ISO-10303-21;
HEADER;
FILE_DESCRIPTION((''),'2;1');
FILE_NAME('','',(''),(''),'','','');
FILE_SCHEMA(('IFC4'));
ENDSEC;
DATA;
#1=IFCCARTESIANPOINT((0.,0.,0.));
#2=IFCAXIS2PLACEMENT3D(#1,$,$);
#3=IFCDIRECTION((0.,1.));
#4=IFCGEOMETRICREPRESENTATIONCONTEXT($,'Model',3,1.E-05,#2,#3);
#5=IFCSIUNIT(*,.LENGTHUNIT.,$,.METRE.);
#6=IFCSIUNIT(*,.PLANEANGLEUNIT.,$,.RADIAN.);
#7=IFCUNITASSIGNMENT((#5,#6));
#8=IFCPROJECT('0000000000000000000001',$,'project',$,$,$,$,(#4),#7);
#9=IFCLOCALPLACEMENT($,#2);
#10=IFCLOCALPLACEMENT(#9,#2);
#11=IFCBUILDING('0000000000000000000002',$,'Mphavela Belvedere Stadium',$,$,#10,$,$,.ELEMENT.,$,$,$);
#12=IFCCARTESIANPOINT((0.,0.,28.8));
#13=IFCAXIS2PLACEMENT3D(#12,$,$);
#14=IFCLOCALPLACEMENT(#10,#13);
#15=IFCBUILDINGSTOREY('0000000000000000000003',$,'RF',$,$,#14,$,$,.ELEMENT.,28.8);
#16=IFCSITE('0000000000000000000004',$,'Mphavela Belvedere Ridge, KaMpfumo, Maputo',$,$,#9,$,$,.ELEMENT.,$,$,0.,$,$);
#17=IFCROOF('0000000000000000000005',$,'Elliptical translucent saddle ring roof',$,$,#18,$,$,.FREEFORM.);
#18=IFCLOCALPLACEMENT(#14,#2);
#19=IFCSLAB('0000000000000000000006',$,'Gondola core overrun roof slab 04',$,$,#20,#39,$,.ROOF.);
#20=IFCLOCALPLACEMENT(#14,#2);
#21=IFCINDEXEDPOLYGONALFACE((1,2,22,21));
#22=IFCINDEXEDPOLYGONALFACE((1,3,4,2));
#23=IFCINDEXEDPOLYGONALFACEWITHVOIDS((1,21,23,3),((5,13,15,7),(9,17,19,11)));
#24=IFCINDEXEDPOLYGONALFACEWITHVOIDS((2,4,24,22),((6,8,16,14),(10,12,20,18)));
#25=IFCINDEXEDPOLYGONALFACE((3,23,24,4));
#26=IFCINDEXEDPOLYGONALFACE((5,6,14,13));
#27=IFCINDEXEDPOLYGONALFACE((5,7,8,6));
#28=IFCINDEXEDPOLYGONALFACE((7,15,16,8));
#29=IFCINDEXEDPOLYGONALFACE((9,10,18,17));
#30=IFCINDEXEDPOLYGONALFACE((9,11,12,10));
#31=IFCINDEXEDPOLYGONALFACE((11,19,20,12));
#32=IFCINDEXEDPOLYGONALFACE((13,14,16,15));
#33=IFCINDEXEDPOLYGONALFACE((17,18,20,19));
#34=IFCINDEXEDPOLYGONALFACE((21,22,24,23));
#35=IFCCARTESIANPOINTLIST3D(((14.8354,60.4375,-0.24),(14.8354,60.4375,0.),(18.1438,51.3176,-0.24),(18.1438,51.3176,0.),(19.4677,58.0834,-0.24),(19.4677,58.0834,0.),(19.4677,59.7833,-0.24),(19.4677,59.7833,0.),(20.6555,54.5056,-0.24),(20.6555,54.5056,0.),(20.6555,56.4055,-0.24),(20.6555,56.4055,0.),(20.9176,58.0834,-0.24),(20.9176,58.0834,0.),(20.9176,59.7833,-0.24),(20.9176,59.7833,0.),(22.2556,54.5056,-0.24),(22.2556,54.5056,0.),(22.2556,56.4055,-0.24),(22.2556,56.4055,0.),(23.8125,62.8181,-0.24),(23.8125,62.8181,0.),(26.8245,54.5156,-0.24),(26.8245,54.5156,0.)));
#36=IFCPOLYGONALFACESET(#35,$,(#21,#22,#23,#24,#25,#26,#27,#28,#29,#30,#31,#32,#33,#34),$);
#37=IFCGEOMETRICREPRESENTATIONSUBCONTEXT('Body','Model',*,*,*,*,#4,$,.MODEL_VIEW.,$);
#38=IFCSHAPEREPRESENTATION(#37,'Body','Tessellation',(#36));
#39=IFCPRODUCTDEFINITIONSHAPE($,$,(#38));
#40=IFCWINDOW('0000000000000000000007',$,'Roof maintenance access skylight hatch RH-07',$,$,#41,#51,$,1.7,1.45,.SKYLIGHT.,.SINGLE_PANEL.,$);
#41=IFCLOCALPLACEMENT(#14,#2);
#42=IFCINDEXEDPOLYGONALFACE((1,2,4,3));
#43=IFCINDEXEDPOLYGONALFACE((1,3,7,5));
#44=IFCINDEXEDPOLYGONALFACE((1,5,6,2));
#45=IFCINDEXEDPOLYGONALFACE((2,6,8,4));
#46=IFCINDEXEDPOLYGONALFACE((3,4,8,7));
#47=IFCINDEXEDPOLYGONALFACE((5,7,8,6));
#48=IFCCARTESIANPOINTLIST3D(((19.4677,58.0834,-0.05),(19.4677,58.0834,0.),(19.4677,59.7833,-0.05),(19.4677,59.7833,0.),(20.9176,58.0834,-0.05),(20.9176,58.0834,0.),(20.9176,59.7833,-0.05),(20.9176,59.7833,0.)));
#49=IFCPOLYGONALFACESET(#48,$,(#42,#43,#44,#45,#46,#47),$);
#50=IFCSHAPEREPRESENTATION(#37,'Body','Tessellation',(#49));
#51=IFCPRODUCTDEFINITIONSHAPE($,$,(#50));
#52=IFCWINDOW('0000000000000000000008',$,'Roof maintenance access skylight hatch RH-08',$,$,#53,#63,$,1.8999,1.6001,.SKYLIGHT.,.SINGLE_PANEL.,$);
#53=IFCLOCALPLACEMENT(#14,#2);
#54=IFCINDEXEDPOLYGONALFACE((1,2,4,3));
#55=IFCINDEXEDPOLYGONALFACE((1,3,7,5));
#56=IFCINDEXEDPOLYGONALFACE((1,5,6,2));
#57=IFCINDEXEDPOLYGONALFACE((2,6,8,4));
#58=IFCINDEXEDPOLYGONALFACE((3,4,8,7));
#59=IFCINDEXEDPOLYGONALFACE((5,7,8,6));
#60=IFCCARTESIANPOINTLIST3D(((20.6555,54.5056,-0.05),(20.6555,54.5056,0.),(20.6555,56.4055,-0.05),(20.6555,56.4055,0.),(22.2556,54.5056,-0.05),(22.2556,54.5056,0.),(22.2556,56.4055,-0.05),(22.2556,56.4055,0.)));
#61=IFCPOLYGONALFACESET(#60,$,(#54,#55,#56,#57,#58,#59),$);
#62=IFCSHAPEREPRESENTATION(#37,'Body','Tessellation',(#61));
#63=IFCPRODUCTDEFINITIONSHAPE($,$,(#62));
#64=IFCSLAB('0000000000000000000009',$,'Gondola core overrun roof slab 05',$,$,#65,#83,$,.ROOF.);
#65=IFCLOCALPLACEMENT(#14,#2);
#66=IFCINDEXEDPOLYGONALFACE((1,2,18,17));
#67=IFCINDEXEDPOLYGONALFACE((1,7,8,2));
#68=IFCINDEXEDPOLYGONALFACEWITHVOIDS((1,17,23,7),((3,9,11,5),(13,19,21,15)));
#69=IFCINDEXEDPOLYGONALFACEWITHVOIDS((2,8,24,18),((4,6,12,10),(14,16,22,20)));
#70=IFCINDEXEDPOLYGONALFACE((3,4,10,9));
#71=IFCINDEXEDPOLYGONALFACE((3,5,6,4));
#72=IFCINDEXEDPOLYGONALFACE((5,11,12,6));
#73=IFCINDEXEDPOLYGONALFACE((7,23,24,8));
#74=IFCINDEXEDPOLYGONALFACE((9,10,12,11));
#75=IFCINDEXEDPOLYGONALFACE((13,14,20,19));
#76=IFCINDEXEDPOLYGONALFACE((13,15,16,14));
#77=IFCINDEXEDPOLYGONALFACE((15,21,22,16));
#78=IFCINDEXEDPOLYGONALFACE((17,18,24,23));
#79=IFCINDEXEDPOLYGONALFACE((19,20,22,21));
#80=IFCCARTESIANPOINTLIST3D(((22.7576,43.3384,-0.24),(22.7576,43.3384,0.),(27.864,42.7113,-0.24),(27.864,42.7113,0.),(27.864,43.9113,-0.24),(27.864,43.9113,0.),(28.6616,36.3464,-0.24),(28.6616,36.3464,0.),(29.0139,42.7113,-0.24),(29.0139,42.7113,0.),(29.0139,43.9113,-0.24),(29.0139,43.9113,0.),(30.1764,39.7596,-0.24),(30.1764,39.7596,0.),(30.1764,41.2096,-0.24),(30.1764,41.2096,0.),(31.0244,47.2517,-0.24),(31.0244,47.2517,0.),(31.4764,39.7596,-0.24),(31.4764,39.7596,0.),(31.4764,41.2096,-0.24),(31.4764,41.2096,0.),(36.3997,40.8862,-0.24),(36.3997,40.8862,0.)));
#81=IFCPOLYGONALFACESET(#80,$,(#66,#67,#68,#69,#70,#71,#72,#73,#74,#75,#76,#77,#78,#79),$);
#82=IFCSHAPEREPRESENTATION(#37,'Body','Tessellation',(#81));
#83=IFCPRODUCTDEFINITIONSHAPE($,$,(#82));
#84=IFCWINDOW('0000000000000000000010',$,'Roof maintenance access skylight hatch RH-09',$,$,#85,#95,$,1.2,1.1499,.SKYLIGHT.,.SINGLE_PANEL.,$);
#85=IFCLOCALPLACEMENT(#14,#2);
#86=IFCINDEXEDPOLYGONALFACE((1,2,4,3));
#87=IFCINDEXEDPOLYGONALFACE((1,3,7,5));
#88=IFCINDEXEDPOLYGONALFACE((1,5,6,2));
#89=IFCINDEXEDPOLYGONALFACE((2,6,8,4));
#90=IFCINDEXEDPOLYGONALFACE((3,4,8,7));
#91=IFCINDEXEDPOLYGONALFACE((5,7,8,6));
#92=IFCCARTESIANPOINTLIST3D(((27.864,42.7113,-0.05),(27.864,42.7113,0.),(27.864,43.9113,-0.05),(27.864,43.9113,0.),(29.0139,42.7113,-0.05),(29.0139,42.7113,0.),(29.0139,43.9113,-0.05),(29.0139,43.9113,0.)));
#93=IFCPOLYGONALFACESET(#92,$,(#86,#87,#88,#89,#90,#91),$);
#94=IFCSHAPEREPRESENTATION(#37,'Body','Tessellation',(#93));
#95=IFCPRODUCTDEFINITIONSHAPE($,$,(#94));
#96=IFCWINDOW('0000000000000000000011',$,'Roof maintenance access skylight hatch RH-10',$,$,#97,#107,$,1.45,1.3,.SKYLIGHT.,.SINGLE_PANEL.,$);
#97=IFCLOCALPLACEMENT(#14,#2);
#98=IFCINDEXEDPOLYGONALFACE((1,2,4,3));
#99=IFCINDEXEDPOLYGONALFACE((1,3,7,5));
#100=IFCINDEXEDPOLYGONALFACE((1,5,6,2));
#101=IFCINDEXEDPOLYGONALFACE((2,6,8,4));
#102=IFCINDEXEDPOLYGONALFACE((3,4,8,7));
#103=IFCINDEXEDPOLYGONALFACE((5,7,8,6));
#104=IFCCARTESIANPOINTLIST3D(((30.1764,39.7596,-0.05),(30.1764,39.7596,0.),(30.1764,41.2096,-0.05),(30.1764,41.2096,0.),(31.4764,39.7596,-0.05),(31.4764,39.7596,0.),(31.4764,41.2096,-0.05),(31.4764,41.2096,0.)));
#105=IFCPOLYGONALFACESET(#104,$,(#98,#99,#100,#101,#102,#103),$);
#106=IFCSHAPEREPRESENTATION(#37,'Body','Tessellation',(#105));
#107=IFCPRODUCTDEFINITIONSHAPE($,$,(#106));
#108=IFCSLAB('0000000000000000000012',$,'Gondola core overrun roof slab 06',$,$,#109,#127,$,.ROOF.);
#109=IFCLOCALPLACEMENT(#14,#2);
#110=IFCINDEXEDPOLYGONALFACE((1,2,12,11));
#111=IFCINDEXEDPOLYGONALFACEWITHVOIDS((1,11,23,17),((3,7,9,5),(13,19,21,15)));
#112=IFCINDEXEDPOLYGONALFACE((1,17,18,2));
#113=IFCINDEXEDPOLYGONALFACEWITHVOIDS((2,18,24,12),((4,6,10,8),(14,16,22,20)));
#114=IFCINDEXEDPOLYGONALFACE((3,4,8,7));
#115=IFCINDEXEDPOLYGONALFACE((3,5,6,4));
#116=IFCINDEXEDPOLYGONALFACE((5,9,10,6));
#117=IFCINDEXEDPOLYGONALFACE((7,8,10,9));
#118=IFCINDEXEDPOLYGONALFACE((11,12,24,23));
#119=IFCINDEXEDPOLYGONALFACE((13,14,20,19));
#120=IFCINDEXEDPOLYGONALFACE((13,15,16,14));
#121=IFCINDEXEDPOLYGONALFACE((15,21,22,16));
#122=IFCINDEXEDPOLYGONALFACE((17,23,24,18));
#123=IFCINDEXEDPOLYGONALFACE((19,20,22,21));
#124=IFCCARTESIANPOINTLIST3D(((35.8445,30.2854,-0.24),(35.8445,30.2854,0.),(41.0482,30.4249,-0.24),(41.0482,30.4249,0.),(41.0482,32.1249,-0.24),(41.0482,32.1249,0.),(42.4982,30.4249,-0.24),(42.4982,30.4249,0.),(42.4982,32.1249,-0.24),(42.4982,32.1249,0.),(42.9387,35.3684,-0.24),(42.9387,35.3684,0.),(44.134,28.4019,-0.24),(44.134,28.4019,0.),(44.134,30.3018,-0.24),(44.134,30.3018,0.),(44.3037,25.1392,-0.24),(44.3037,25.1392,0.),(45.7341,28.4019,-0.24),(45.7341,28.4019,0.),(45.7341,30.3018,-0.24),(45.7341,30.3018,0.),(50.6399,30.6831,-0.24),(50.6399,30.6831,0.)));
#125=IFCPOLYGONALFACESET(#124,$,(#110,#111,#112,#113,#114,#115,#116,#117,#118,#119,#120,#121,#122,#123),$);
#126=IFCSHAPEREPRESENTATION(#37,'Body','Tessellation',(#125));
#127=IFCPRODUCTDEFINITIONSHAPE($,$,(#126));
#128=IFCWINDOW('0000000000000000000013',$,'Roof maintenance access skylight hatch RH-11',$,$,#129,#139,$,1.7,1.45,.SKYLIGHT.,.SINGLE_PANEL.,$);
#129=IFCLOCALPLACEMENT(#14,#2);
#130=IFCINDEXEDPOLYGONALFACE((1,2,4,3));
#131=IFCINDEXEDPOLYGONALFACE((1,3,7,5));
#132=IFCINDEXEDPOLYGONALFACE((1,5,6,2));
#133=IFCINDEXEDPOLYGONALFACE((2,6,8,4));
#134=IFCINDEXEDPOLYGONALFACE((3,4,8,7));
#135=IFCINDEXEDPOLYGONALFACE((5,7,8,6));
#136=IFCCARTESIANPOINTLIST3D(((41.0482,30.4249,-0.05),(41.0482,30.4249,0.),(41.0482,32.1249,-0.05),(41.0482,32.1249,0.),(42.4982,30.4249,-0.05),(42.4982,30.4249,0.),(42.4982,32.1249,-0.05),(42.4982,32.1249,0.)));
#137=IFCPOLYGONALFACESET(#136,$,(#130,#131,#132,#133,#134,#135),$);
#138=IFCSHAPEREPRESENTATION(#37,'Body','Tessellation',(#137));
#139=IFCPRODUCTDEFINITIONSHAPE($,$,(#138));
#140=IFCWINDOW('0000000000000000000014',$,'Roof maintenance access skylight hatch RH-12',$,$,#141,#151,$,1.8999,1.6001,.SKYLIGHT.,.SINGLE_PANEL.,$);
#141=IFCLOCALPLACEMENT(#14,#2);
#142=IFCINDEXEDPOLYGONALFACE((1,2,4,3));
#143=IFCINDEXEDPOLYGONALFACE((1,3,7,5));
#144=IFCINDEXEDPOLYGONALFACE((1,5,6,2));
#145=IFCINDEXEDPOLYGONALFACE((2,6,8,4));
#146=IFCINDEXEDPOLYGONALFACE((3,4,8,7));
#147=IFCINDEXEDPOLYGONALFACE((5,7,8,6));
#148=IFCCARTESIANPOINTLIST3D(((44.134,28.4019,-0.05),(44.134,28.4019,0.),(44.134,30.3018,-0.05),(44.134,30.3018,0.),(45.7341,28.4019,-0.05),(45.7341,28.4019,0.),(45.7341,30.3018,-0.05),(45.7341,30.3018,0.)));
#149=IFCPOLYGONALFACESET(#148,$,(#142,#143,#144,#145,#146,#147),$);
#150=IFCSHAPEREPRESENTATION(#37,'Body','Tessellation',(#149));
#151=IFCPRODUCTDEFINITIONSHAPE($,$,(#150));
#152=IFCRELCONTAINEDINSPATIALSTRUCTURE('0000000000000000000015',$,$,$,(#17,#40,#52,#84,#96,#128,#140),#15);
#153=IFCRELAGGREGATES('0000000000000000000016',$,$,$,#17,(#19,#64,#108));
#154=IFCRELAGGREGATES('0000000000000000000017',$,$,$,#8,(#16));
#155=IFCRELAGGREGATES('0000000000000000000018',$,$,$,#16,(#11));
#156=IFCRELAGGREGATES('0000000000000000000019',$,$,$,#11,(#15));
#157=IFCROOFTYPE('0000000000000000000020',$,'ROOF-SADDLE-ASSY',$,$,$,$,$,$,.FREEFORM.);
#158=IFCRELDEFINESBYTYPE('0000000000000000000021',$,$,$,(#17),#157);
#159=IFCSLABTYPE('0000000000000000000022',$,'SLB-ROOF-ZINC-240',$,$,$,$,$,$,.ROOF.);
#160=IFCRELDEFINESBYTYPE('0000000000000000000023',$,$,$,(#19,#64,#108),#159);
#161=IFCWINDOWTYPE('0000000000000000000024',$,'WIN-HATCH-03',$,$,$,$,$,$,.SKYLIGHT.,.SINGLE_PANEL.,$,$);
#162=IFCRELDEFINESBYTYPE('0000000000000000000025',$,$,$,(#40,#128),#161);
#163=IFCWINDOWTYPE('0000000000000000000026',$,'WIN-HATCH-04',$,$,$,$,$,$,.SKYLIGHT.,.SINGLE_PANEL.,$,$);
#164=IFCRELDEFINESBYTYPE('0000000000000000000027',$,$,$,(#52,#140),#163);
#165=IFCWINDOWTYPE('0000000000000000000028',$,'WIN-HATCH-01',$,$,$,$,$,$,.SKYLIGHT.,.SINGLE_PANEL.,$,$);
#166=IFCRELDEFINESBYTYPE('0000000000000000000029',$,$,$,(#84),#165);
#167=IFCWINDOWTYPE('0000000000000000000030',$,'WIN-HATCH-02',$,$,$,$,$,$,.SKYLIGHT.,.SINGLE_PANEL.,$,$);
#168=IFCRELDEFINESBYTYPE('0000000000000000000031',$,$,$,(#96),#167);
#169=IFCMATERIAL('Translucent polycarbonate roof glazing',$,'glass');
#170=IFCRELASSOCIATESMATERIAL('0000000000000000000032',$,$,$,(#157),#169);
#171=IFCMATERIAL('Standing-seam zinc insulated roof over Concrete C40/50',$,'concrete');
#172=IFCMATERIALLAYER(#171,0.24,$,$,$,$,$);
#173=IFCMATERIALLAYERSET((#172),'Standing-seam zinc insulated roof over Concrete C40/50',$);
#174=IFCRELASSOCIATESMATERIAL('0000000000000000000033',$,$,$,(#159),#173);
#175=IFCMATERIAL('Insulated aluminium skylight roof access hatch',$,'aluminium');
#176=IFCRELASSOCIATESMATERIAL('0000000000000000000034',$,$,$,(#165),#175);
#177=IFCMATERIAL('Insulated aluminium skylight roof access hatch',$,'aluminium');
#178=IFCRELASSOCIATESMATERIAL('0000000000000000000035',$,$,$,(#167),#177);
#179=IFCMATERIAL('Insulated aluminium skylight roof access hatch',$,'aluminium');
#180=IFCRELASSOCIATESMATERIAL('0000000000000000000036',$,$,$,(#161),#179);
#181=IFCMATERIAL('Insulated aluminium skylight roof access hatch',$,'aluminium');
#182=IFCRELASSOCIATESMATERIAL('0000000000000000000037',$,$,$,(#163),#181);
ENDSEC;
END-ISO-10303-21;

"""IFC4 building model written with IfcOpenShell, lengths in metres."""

from ifc_helpers import new_model, si_unit, direction, frame, origin, origin_2d, place, context, subcontext, project, spatial, polyline, rectangle, outline, extrude, material, layer, layer_set, type_object, element, fill, aggregate, save


model = new_model("IFC4")

# Units and contexts
model_context = context("Model", 3, precision=1e-05, world=origin(), true_north=direction((0.0, 1.0)))
body_context = subcontext(model_context, "Body", "Model", "MODEL_VIEW")
ifc_project = project(units=[si_unit("LENGTHUNIT", "METRE"), si_unit("PLANEANGLEUNIT", "RADIAN")], contexts=[model_context])

# Site, building, storey
site_placement = place(None, origin())
site = spatial("IfcSite", under=ifc_project, at=site_placement, Name="Mphavela Belvedere Ridge, KaMpfumo, Maputo", CompositionType="ELEMENT", RefElevation=0.0)
building_placement = place(site_placement, origin())
building = spatial("IfcBuilding", under=site, at=building_placement, Name="Mphavela Belvedere Stadium", CompositionType="ELEMENT")
storey_placement = place(building_placement, frame((0.0, 0.0, 28.8)))
storey = spatial("IfcBuildingStorey", under=building, at=storey_placement, Name="RF", CompositionType="ELEMENT", Elevation=28.8)

# Roof, slabs, openings, windows
ifc_material_1 = material(Name="Translucent polycarbonate roof glazing", Category="glass")
roof_type = type_object("IfcRoofType", Name="ROOF-SADDLE-ASSY", PredefinedType="FREEFORM", material=ifc_material_1)
roof_placement = place(storey_placement, origin())
roof = element("IfcRoof", 1, at=roof_placement, inside=storey, type_object=roof_type, Name="Elliptical translucent saddle ring roof", PredefinedType="FREEFORM")
ifc_material_2 = material(Name="Standing-seam zinc insulated roof over Concrete C40/50", Category="concrete")
ifc_layer_1 = layer(ifc_material_2, 0.24)
ifc_layer_set_1 = layer_set([ifc_layer_1], Name="Standing-seam zinc insulated roof over Concrete C40/50")
slab_type = type_object("IfcSlabType", Name="SLB-ROOF-ZINC-240", PredefinedType="ROOF", material=ifc_layer_set_1)
ifc_material_3 = material(Name="Insulated aluminium skylight roof access hatch", Category="aluminium")
window_type_1 = type_object("IfcWindowType", Name="WIN-HATCH-01", PartitioningType="SINGLE_PANEL", PredefinedType="SKYLIGHT", material=ifc_material_3)
ifc_material_4 = material(Name="Insulated aluminium skylight roof access hatch", Category="aluminium")
window_type_2 = type_object("IfcWindowType", Name="WIN-HATCH-02", PartitioningType="SINGLE_PANEL", PredefinedType="SKYLIGHT", material=ifc_material_4)
ifc_material_5 = material(Name="Insulated aluminium skylight roof access hatch", Category="aluminium")
window_type_3 = type_object("IfcWindowType", Name="WIN-HATCH-03", PartitioningType="SINGLE_PANEL", PredefinedType="SKYLIGHT", material=ifc_material_5)
ifc_material_6 = material(Name="Insulated aluminium skylight roof access hatch", Category="aluminium")
window_type_4 = type_object("IfcWindowType", Name="WIN-HATCH-04", PartitioningType="SINGLE_PANEL", PredefinedType="SKYLIGHT", material=ifc_material_6)
slab_1_placement = place(storey_placement, frame((0.0, 0.0, -0.24)))
slab_1 = element("IfcSlab", 2, at=slab_1_placement, type_object=slab_type, Name="Gondola core overrun roof slab 04", PredefinedType="ROOF", context=body_context, shape_type="SweptSolid", body=[
    extrude(outline(polyline([(23.8125, 62.8181), (26.8245, 54.5156), (18.1438, 51.3176), (14.8354, 60.4375), (23.8125, 62.8181)])), origin(), (0.0, 0.0, 1.0), 0.24),
])
opening_1_placement = place(slab_1_placement, frame((20.1926, 58.9333, 0.0)))
opening_1 = element("IfcOpeningElement", 3, at=opening_1_placement, cuts=slab_1, PredefinedType="OPENING", context=body_context, shape_type="SweptSolid", body=[
    extrude(rectangle(XDim=1.45, YDim=1.7, at=origin_2d()), origin(), (0.0, 0.0, 1.0), 0.24),
])
opening_2_placement = place(slab_1_placement, frame((21.4556, 55.4556, 0.0)))
opening_2 = element("IfcOpeningElement", 4, at=opening_2_placement, cuts=slab_1, PredefinedType="OPENING", context=body_context, shape_type="SweptSolid", body=[
    extrude(rectangle(XDim=1.6001, YDim=1.8999, at=origin_2d()), origin(), (0.0, 0.0, 1.0), 0.24),
])
window_1_placement = place(opening_1_placement, frame((0.0, 0.0, 0.1899)))
window_1 = element("IfcWindow", 5, at=window_1_placement, inside=storey, type_object=window_type_3, Name="Roof maintenance access skylight hatch RH-07", OverallHeight=1.7, OverallWidth=1.45, PartitioningType="SINGLE_PANEL", PredefinedType="SKYLIGHT", context=body_context, shape_type="SweptSolid", body=[
    extrude(rectangle(XDim=1.45, YDim=1.7, at=origin_2d()), origin(), (0.0, 0.0, 1.0), 0.05),
])
fill(opening_1, window_1)
window_2_placement = place(opening_2_placement, frame((0.0, 0.0, 0.1899)))
window_2 = element("IfcWindow", 6, at=window_2_placement, inside=storey, type_object=window_type_4, Name="Roof maintenance access skylight hatch RH-08", OverallHeight=1.8999, OverallWidth=1.6001, PartitioningType="SINGLE_PANEL", PredefinedType="SKYLIGHT", context=body_context, shape_type="SweptSolid", body=[
    extrude(rectangle(XDim=1.6001, YDim=1.8999, at=origin_2d()), origin(), (0.0, 0.0, 1.0), 0.05),
])
fill(opening_2, window_2)
slab_2_placement = place(storey_placement, frame((0.0, 0.0, -0.24)))
slab_2 = element("IfcSlab", 7, at=slab_2_placement, type_object=slab_type, Name="Gondola core overrun roof slab 05", PredefinedType="ROOF", context=body_context, shape_type="SweptSolid", body=[
    extrude(outline(polyline([(31.0244, 47.2517), (36.3997, 40.8862), (28.6616, 36.3464), (22.7576, 43.3384), (31.0244, 47.2517)])), origin(), (0.0, 0.0, 1.0), 0.24),
])
opening_3_placement = place(slab_2_placement, frame((28.439, 43.3113, 0.0)))
opening_3 = element("IfcOpeningElement", 8, at=opening_3_placement, cuts=slab_2, PredefinedType="OPENING", context=body_context, shape_type="SweptSolid", body=[
    extrude(rectangle(XDim=1.1499, YDim=1.2, at=origin_2d()), origin(), (0.0, 0.0, 1.0), 0.24),
])
opening_4_placement = place(slab_2_placement, frame((30.8264, 40.4846, 0.0)))
opening_4 = element("IfcOpeningElement", 9, at=opening_4_placement, cuts=slab_2, PredefinedType="OPENING", context=body_context, shape_type="SweptSolid", body=[
    extrude(rectangle(XDim=1.3, YDim=1.45, at=origin_2d()), origin(), (0.0, 0.0, 1.0), 0.24),
])
window_3_placement = place(opening_3_placement, frame((0.0, 0.0, 0.1899)))
window_3 = element("IfcWindow", 10, at=window_3_placement, inside=storey, type_object=window_type_1, Name="Roof maintenance access skylight hatch RH-09", OverallHeight=1.2, OverallWidth=1.1499, PartitioningType="SINGLE_PANEL", PredefinedType="SKYLIGHT", context=body_context, shape_type="SweptSolid", body=[
    extrude(rectangle(XDim=1.1499, YDim=1.2, at=origin_2d()), origin(), (0.0, 0.0, 1.0), 0.05),
])
fill(opening_3, window_3)
window_4_placement = place(opening_4_placement, frame((0.0, 0.0, 0.1899)))
window_4 = element("IfcWindow", 11, at=window_4_placement, inside=storey, type_object=window_type_2, Name="Roof maintenance access skylight hatch RH-10", OverallHeight=1.45, OverallWidth=1.3, PartitioningType="SINGLE_PANEL", PredefinedType="SKYLIGHT", context=body_context, shape_type="SweptSolid", body=[
    extrude(rectangle(XDim=1.3, YDim=1.45, at=origin_2d()), origin(), (0.0, 0.0, 1.0), 0.05),
])
fill(opening_4, window_4)
slab_3_placement = place(storey_placement, frame((0.0, 0.0, -0.24)))
slab_3 = element("IfcSlab", 12, at=slab_3_placement, type_object=slab_type, Name="Gondola core overrun roof slab 06", PredefinedType="ROOF", context=body_context, shape_type="SweptSolid", body=[
    extrude(outline(polyline([(42.9387, 35.3684), (50.6399, 30.6831), (44.3037, 25.1392), (35.8445, 30.2854), (42.9387, 35.3684)])), origin(), (0.0, 0.0, 1.0), 0.24),
])
opening_5_placement = place(slab_3_placement, frame((41.7732, 31.2749, 0.0)))
opening_5 = element("IfcOpeningElement", 13, at=opening_5_placement, cuts=slab_3, PredefinedType="OPENING", context=body_context, shape_type="SweptSolid", body=[
    extrude(rectangle(XDim=1.45, YDim=1.7, at=origin_2d()), origin(), (0.0, 0.0, 1.0), 0.24),
])
opening_6_placement = place(slab_3_placement, frame((44.9341, 29.3518, 0.0)))
opening_6 = element("IfcOpeningElement", 14, at=opening_6_placement, cuts=slab_3, PredefinedType="OPENING", context=body_context, shape_type="SweptSolid", body=[
    extrude(rectangle(XDim=1.6001, YDim=1.8999, at=origin_2d()), origin(), (0.0, 0.0, 1.0), 0.24),
])
window_5_placement = place(opening_5_placement, frame((0.0, 0.0, 0.1899)))
window_5 = element("IfcWindow", 15, at=window_5_placement, inside=storey, type_object=window_type_3, Name="Roof maintenance access skylight hatch RH-11", OverallHeight=1.7, OverallWidth=1.45, PartitioningType="SINGLE_PANEL", PredefinedType="SKYLIGHT", context=body_context, shape_type="SweptSolid", body=[
    extrude(rectangle(XDim=1.45, YDim=1.7, at=origin_2d()), origin(), (0.0, 0.0, 1.0), 0.05),
])
fill(opening_5, window_5)
window_6_placement = place(opening_6_placement, frame((0.0, 0.0, 0.1899)))
window_6 = element("IfcWindow", 16, at=window_6_placement, inside=storey, type_object=window_type_4, Name="Roof maintenance access skylight hatch RH-12", OverallHeight=1.8999, OverallWidth=1.6001, PartitioningType="SINGLE_PANEL", PredefinedType="SKYLIGHT", context=body_context, shape_type="SweptSolid", body=[
    extrude(rectangle(XDim=1.6001, YDim=1.8999, at=origin_2d()), origin(), (0.0, 0.0, 1.0), 0.05),
])
fill(opening_6, window_6)
aggregate(roof, [slab_1, slab_2, slab_3])

save(model, "model.ifc")
